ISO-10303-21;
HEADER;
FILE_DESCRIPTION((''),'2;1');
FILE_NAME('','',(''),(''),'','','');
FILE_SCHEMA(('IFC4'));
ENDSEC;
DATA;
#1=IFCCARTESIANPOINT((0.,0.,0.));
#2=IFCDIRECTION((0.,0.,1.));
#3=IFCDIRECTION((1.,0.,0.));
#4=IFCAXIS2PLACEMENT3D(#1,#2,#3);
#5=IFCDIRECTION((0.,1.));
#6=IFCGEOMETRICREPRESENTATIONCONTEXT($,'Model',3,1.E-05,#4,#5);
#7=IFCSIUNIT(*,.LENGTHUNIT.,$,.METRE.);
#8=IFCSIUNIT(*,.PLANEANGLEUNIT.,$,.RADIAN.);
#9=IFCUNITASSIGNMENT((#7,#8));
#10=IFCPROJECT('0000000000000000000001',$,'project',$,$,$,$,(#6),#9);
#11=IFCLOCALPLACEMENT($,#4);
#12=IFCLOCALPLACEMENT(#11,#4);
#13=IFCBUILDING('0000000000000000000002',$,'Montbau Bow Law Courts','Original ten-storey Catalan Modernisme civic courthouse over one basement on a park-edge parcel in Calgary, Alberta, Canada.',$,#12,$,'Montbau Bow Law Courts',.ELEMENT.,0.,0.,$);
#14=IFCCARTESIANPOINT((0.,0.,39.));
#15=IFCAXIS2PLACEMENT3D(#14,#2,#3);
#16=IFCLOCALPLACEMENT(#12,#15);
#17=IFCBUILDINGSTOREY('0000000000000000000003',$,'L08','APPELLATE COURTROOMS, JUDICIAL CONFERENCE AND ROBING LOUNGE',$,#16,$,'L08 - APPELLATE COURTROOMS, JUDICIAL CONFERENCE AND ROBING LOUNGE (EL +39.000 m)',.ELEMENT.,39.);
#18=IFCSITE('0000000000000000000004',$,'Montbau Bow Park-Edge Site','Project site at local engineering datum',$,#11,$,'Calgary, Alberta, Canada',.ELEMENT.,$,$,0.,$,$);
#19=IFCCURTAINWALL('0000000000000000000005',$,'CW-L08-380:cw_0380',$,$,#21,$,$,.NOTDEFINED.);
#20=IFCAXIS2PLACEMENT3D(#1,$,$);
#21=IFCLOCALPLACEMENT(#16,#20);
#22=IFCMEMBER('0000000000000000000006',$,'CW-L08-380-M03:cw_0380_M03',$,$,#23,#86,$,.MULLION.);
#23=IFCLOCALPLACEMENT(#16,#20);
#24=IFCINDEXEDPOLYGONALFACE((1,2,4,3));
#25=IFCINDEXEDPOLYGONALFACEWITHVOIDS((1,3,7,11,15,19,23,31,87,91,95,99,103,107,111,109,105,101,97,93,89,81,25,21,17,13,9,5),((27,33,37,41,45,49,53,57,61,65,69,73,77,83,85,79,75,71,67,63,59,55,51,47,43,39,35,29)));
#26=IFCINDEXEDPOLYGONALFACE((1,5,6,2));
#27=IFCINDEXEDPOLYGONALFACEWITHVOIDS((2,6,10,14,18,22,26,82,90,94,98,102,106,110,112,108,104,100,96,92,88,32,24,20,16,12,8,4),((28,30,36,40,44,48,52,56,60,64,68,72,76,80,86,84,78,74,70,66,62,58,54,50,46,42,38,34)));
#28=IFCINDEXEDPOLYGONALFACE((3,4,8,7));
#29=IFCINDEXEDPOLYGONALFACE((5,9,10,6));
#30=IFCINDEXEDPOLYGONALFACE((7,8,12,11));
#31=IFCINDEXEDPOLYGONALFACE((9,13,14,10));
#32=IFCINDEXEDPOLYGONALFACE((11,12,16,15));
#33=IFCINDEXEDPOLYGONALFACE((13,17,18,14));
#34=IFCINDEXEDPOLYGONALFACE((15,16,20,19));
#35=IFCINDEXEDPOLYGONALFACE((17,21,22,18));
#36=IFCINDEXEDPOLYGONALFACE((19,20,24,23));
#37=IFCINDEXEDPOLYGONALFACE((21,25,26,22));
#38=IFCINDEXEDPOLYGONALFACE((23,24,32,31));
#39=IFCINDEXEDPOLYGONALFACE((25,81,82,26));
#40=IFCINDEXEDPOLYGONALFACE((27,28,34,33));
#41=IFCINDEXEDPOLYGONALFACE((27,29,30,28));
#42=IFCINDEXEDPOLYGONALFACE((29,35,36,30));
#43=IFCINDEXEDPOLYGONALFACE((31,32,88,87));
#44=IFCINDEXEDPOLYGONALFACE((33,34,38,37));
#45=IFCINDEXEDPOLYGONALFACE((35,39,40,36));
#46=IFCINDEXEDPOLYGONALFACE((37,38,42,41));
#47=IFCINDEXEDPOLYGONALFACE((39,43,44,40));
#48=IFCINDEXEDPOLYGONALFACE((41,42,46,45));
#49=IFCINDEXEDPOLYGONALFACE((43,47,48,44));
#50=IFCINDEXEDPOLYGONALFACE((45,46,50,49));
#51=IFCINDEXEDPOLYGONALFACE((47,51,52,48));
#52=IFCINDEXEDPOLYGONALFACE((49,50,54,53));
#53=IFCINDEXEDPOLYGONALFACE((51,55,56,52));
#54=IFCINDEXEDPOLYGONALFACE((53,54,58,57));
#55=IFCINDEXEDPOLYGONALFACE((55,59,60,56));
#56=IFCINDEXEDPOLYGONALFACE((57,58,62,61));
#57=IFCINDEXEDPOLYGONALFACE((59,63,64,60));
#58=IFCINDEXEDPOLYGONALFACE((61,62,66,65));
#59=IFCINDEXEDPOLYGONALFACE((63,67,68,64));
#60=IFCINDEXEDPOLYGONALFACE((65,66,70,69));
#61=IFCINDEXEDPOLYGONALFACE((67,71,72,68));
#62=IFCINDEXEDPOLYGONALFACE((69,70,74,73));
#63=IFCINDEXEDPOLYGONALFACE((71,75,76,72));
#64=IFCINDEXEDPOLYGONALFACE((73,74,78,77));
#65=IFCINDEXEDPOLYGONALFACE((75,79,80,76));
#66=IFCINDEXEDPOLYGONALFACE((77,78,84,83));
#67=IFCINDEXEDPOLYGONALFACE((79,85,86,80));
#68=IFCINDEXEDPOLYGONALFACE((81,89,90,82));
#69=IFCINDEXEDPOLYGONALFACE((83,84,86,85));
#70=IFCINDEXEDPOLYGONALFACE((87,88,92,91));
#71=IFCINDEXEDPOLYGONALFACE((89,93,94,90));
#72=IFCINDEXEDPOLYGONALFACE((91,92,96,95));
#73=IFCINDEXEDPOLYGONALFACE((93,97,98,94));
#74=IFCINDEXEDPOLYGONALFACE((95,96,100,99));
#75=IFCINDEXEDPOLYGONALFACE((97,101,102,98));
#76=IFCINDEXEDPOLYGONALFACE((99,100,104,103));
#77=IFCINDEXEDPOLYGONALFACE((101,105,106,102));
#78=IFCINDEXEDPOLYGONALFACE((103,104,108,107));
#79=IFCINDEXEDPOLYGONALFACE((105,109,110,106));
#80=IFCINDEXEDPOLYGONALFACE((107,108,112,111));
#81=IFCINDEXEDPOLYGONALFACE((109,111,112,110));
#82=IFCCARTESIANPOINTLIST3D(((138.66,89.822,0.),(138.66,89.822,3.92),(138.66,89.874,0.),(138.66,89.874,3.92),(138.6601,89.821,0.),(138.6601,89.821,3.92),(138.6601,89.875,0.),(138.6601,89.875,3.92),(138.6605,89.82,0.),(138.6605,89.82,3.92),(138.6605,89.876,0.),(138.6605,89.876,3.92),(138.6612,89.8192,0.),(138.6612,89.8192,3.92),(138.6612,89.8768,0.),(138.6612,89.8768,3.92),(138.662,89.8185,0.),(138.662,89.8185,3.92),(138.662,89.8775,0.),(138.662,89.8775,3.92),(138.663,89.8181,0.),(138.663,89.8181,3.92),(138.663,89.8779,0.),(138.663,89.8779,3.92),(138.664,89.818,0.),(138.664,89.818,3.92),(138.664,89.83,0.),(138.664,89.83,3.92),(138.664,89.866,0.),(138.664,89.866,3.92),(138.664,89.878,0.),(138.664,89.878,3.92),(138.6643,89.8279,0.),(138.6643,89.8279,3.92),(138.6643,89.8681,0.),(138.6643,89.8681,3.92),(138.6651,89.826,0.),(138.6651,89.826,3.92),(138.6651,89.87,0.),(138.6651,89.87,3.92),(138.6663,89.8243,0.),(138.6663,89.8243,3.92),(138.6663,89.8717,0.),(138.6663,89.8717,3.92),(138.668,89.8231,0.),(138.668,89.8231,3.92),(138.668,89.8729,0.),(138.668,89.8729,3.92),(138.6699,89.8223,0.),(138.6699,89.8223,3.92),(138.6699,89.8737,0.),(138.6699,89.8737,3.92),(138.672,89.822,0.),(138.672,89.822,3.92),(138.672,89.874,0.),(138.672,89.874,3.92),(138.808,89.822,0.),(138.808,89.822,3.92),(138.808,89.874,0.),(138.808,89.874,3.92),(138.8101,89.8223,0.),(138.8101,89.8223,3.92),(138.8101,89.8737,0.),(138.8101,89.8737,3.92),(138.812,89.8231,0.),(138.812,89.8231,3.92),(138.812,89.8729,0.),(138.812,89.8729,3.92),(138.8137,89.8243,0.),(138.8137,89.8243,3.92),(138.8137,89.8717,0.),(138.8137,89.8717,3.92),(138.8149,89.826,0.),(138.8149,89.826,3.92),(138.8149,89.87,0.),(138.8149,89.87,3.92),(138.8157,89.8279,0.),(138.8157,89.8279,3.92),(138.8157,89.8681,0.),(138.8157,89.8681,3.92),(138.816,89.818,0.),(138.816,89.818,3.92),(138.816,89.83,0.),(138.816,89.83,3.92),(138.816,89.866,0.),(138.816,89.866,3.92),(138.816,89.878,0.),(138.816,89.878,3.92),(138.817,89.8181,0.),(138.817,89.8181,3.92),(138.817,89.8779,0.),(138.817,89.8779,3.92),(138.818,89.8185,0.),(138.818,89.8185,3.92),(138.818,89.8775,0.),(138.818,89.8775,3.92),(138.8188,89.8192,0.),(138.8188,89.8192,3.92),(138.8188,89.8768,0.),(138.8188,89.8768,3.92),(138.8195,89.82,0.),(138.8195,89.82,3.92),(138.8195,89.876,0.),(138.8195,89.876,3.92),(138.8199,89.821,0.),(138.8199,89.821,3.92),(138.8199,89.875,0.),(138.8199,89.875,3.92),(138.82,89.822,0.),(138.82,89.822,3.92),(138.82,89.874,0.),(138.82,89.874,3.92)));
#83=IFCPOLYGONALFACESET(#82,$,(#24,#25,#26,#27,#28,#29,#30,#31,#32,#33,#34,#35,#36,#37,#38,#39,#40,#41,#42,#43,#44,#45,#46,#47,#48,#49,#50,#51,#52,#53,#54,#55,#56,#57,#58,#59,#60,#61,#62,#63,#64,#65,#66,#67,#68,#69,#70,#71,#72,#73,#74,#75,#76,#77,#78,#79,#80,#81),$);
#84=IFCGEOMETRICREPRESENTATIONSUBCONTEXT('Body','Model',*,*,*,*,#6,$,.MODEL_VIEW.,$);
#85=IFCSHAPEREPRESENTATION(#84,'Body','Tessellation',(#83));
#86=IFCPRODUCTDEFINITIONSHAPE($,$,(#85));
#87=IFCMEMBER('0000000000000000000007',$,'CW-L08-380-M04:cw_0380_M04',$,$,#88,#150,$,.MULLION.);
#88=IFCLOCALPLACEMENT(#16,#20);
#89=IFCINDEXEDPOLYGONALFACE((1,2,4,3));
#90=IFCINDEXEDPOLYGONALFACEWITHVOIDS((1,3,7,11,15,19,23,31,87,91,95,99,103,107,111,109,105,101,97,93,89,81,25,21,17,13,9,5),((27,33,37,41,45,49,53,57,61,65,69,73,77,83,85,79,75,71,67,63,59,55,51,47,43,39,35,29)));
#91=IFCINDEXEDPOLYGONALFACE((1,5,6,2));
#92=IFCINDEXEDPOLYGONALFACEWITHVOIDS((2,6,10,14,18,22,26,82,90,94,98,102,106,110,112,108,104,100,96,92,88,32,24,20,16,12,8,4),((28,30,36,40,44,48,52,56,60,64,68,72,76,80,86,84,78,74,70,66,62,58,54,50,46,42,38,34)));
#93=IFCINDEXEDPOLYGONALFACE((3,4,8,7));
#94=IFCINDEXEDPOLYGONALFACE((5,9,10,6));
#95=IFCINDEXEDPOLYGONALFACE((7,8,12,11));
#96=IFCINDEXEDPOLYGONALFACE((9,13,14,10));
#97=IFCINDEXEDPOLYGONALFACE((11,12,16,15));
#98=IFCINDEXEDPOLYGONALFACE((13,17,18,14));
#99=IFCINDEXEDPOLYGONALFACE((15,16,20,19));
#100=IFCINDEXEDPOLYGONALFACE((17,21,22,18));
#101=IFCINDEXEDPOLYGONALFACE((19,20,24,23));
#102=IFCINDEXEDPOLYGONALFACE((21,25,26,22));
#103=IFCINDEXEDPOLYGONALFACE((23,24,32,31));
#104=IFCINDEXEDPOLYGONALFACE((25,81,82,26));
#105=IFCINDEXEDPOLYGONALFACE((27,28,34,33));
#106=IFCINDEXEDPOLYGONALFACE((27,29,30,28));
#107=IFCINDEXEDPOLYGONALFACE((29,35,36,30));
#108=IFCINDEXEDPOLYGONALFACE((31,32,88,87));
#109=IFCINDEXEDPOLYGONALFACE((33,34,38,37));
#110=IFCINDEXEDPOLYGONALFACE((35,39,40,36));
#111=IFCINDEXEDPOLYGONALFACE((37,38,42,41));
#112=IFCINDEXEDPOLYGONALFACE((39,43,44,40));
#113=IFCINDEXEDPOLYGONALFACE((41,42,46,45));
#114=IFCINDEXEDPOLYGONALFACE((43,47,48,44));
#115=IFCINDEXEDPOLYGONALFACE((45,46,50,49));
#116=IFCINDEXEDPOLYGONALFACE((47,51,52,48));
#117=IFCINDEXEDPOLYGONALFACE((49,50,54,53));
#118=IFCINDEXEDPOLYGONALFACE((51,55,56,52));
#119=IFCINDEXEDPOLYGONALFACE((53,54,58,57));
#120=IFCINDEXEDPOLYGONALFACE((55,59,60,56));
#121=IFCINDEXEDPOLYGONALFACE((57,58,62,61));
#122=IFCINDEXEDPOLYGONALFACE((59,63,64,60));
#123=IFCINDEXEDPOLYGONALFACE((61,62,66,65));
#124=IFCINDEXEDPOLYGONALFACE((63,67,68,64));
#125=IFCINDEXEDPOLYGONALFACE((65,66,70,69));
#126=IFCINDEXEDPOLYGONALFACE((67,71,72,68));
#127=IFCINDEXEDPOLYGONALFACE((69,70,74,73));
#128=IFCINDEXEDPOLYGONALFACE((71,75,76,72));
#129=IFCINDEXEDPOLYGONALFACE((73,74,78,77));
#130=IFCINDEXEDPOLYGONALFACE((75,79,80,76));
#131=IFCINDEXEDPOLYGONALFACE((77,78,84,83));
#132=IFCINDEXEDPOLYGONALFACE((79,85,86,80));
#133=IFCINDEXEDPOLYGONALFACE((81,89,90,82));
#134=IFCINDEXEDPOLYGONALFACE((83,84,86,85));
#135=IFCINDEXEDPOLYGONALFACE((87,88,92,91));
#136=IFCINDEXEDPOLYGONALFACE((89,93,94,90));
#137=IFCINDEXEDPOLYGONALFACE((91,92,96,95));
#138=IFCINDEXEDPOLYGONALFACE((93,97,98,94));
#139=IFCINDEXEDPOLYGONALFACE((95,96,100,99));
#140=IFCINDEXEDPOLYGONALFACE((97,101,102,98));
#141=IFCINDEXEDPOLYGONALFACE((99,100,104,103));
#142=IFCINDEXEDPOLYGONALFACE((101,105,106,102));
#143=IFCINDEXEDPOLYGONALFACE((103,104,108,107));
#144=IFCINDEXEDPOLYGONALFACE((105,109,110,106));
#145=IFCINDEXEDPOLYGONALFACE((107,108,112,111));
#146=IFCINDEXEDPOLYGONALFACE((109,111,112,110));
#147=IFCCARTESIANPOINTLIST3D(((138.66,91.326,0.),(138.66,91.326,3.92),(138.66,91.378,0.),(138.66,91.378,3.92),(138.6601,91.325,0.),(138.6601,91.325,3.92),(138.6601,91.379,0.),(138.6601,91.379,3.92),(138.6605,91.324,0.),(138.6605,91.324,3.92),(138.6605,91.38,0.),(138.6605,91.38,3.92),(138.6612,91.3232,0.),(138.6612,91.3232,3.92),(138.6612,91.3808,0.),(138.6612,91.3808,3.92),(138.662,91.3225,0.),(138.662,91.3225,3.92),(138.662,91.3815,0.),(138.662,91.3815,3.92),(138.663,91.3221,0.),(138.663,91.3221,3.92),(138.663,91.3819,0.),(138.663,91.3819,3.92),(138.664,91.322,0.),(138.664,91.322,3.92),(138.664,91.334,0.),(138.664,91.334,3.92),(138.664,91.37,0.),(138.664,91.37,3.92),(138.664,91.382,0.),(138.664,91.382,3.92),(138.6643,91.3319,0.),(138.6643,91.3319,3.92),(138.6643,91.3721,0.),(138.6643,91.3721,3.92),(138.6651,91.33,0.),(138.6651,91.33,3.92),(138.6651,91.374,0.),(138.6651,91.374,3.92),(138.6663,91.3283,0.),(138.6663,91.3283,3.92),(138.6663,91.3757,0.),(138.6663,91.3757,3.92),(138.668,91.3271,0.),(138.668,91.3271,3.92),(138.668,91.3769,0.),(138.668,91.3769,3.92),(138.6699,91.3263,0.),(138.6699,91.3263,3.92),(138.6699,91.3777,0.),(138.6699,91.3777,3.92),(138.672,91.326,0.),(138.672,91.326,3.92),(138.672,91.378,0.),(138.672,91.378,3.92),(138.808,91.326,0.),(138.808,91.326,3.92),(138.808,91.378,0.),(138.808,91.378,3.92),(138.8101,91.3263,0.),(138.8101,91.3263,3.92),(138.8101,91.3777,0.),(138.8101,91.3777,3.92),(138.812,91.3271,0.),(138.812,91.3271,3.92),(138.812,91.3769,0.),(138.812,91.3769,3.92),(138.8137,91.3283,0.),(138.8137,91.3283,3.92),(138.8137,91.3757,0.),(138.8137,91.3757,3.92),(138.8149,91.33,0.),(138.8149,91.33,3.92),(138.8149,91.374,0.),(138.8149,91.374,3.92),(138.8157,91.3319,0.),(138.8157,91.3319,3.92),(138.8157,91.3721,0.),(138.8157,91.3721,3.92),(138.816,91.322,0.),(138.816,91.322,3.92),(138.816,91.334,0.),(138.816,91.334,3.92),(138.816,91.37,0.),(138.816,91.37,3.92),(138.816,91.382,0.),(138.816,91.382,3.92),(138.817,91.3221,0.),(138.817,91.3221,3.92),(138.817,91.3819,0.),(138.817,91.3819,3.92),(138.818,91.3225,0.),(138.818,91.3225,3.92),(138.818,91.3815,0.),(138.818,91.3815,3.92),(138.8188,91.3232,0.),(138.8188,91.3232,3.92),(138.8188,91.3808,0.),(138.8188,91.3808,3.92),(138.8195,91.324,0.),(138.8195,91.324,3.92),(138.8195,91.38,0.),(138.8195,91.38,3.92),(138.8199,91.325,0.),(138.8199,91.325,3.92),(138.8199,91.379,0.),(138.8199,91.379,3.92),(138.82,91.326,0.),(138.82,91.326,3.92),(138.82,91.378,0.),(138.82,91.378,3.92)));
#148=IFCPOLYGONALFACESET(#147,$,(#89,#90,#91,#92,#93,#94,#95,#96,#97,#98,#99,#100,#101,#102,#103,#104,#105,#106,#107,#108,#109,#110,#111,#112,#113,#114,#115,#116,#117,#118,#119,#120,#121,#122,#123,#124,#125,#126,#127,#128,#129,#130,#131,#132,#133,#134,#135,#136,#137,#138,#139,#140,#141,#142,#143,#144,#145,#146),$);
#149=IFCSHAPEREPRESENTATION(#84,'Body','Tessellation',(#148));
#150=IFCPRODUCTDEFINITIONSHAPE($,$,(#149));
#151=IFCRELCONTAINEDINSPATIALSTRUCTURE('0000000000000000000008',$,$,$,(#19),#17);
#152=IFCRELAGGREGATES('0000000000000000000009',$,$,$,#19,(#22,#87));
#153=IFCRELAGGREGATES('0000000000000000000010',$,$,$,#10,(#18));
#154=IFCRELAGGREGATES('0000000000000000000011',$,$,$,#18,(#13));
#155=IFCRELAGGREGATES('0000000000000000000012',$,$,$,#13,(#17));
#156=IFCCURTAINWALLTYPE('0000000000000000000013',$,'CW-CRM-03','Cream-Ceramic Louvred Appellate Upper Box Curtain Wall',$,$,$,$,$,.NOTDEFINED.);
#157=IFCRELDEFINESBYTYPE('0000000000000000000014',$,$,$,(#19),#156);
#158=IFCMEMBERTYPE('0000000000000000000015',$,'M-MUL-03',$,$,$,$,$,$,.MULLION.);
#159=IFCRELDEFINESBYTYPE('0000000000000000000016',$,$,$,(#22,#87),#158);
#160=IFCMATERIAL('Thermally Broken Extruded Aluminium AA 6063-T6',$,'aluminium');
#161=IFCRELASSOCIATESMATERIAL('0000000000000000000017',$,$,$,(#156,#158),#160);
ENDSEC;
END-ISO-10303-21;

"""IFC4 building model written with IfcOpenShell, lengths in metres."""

from ifc_helpers import new_model, si_unit, direction, frame, origin_with_axes, origin_2d_with_axis, place, context, subcontext, project, spatial, hollow_rectangle, extrude, material, material_profile, profile_set, type_object, element, aggregate, save


model = new_model("IFC4")

# Units and contexts
model_context = context("Model", 3, precision=1e-05, world=origin_with_axes(), true_north=direction((0.0, 1.0)))
body_context = subcontext(model_context, "Body", "Model", "MODEL_VIEW")
ifc_project = project(units=[si_unit("LENGTHUNIT", "METRE"), si_unit("PLANEANGLEUNIT", "RADIAN")], contexts=[model_context])

# Site, building, storey
site_placement = place(None, origin_with_axes())
site = spatial("IfcSite", under=ifc_project, at=site_placement, Name="Montbau Bow Park-Edge Site", Description="Project site at local engineering datum", LongName="Calgary, Alberta, Canada", CompositionType="ELEMENT", RefElevation=0.0)
building_placement = place(site_placement, origin_with_axes())
building = spatial("IfcBuilding", under=site, at=building_placement, Name="Montbau Bow Law Courts", Description="Original ten-storey Catalan Modernisme civic courthouse over one basement on a park-edge parcel in Calgary, Alberta, Canada.", LongName="Montbau Bow Law Courts", CompositionType="ELEMENT", ElevationOfRefHeight=0.0, ElevationOfTerrain=0.0)
storey_placement = place(building_placement, frame((0.0, 0.0, 39.0), z_axis=(0.0, 0.0, 1.0), x_axis=(1.0, 0.0, 0.0)))
storey = spatial("IfcBuildingStorey", under=building, at=storey_placement, Name="L08", Description="APPELLATE COURTROOMS, JUDICIAL CONFERENCE AND ROBING LOUNGE", LongName="L08 - APPELLATE COURTROOMS, JUDICIAL CONFERENCE AND ROBING LOUNGE (EL +39.000 m)", CompositionType="ELEMENT", Elevation=39.0)

# Curtain wall, members
ifc_material_1 = material(Name="Thermally Broken Extruded Aluminium AA 6063-T6", Category="aluminium")
curtain_wall_type = type_object("IfcCurtainWallType", Name="CW-CRM-03", Description="Cream-Ceramic Louvred Appellate Upper Box Curtain Wall", PredefinedType="NOTDEFINED", material=ifc_material_1)
curtain_wall_1_placement = place(None, frame((138.74, 86.84, 39.0), z_axis=(0.0, 0.0, 1.0), x_axis=(1.0, 0.0, 0.0)))
curtain_wall_1 = element("IfcCurtainWall", 1, at=curtain_wall_1_placement, inside=storey, type_object=curtain_wall_type, Name="CW-L08-380:cw_0380", PredefinedType="NOTDEFINED")
ifc_material_profile_1 = material_profile(ifc_material_1, hollow_rectangle(XDim=0.06, YDim=0.16, WallThickness=0.004, InnerFilletRadius=0.008, OuterFilletRadius=0.004, at=origin_2d_with_axis()), Name="CWM-160X60", Category="Main", Priority=0)
ifc_profile_set_1 = profile_set([ifc_material_profile_1], Name="Thermally Broken Extruded Aluminium AA 6063-T6")
member_type_1 = type_object("IfcMemberType", Name="M-MUL-03", PredefinedType="MULLION", material=ifc_profile_set_1)
member_1_placement = place(None, frame((138.74, 89.848, 39.0), z_axis=(0.0, 0.0, 1.0), x_axis=(0.0, 1.0, 0.0)))
member_1 = element("IfcMember", 2, at=member_1_placement, type_object=member_type_1, Name="CW-L08-380-M03:cw_0380_M03", PredefinedType="MULLION", context=body_context, shape_type="SweptSolid", body=[
    extrude(hollow_rectangle(XDim=0.06, YDim=0.16, WallThickness=0.004, InnerFilletRadius=0.008, OuterFilletRadius=0.004, at=origin_2d_with_axis()), origin_with_axes(), (0.0, 0.0, 1.0), 3.92),
])
member_2_placement = place(None, frame((138.74, 91.352, 39.0), z_axis=(0.0, 0.0, 1.0), x_axis=(0.0, 1.0, 0.0)))
member_2 = element("IfcMember", 3, at=member_2_placement, type_object=member_type_1, Name="CW-L08-380-M04:cw_0380_M04", PredefinedType="MULLION", context=body_context, shape_type="SweptSolid", body=[
    extrude(hollow_rectangle(XDim=0.06, YDim=0.16, WallThickness=0.004, InnerFilletRadius=0.008, OuterFilletRadius=0.004, at=origin_2d_with_axis()), origin_with_axes(), (0.0, 0.0, 1.0), 3.92),
])

aggregate(curtain_wall_1, [member_1, member_2])

save(model, "model.ifc")
